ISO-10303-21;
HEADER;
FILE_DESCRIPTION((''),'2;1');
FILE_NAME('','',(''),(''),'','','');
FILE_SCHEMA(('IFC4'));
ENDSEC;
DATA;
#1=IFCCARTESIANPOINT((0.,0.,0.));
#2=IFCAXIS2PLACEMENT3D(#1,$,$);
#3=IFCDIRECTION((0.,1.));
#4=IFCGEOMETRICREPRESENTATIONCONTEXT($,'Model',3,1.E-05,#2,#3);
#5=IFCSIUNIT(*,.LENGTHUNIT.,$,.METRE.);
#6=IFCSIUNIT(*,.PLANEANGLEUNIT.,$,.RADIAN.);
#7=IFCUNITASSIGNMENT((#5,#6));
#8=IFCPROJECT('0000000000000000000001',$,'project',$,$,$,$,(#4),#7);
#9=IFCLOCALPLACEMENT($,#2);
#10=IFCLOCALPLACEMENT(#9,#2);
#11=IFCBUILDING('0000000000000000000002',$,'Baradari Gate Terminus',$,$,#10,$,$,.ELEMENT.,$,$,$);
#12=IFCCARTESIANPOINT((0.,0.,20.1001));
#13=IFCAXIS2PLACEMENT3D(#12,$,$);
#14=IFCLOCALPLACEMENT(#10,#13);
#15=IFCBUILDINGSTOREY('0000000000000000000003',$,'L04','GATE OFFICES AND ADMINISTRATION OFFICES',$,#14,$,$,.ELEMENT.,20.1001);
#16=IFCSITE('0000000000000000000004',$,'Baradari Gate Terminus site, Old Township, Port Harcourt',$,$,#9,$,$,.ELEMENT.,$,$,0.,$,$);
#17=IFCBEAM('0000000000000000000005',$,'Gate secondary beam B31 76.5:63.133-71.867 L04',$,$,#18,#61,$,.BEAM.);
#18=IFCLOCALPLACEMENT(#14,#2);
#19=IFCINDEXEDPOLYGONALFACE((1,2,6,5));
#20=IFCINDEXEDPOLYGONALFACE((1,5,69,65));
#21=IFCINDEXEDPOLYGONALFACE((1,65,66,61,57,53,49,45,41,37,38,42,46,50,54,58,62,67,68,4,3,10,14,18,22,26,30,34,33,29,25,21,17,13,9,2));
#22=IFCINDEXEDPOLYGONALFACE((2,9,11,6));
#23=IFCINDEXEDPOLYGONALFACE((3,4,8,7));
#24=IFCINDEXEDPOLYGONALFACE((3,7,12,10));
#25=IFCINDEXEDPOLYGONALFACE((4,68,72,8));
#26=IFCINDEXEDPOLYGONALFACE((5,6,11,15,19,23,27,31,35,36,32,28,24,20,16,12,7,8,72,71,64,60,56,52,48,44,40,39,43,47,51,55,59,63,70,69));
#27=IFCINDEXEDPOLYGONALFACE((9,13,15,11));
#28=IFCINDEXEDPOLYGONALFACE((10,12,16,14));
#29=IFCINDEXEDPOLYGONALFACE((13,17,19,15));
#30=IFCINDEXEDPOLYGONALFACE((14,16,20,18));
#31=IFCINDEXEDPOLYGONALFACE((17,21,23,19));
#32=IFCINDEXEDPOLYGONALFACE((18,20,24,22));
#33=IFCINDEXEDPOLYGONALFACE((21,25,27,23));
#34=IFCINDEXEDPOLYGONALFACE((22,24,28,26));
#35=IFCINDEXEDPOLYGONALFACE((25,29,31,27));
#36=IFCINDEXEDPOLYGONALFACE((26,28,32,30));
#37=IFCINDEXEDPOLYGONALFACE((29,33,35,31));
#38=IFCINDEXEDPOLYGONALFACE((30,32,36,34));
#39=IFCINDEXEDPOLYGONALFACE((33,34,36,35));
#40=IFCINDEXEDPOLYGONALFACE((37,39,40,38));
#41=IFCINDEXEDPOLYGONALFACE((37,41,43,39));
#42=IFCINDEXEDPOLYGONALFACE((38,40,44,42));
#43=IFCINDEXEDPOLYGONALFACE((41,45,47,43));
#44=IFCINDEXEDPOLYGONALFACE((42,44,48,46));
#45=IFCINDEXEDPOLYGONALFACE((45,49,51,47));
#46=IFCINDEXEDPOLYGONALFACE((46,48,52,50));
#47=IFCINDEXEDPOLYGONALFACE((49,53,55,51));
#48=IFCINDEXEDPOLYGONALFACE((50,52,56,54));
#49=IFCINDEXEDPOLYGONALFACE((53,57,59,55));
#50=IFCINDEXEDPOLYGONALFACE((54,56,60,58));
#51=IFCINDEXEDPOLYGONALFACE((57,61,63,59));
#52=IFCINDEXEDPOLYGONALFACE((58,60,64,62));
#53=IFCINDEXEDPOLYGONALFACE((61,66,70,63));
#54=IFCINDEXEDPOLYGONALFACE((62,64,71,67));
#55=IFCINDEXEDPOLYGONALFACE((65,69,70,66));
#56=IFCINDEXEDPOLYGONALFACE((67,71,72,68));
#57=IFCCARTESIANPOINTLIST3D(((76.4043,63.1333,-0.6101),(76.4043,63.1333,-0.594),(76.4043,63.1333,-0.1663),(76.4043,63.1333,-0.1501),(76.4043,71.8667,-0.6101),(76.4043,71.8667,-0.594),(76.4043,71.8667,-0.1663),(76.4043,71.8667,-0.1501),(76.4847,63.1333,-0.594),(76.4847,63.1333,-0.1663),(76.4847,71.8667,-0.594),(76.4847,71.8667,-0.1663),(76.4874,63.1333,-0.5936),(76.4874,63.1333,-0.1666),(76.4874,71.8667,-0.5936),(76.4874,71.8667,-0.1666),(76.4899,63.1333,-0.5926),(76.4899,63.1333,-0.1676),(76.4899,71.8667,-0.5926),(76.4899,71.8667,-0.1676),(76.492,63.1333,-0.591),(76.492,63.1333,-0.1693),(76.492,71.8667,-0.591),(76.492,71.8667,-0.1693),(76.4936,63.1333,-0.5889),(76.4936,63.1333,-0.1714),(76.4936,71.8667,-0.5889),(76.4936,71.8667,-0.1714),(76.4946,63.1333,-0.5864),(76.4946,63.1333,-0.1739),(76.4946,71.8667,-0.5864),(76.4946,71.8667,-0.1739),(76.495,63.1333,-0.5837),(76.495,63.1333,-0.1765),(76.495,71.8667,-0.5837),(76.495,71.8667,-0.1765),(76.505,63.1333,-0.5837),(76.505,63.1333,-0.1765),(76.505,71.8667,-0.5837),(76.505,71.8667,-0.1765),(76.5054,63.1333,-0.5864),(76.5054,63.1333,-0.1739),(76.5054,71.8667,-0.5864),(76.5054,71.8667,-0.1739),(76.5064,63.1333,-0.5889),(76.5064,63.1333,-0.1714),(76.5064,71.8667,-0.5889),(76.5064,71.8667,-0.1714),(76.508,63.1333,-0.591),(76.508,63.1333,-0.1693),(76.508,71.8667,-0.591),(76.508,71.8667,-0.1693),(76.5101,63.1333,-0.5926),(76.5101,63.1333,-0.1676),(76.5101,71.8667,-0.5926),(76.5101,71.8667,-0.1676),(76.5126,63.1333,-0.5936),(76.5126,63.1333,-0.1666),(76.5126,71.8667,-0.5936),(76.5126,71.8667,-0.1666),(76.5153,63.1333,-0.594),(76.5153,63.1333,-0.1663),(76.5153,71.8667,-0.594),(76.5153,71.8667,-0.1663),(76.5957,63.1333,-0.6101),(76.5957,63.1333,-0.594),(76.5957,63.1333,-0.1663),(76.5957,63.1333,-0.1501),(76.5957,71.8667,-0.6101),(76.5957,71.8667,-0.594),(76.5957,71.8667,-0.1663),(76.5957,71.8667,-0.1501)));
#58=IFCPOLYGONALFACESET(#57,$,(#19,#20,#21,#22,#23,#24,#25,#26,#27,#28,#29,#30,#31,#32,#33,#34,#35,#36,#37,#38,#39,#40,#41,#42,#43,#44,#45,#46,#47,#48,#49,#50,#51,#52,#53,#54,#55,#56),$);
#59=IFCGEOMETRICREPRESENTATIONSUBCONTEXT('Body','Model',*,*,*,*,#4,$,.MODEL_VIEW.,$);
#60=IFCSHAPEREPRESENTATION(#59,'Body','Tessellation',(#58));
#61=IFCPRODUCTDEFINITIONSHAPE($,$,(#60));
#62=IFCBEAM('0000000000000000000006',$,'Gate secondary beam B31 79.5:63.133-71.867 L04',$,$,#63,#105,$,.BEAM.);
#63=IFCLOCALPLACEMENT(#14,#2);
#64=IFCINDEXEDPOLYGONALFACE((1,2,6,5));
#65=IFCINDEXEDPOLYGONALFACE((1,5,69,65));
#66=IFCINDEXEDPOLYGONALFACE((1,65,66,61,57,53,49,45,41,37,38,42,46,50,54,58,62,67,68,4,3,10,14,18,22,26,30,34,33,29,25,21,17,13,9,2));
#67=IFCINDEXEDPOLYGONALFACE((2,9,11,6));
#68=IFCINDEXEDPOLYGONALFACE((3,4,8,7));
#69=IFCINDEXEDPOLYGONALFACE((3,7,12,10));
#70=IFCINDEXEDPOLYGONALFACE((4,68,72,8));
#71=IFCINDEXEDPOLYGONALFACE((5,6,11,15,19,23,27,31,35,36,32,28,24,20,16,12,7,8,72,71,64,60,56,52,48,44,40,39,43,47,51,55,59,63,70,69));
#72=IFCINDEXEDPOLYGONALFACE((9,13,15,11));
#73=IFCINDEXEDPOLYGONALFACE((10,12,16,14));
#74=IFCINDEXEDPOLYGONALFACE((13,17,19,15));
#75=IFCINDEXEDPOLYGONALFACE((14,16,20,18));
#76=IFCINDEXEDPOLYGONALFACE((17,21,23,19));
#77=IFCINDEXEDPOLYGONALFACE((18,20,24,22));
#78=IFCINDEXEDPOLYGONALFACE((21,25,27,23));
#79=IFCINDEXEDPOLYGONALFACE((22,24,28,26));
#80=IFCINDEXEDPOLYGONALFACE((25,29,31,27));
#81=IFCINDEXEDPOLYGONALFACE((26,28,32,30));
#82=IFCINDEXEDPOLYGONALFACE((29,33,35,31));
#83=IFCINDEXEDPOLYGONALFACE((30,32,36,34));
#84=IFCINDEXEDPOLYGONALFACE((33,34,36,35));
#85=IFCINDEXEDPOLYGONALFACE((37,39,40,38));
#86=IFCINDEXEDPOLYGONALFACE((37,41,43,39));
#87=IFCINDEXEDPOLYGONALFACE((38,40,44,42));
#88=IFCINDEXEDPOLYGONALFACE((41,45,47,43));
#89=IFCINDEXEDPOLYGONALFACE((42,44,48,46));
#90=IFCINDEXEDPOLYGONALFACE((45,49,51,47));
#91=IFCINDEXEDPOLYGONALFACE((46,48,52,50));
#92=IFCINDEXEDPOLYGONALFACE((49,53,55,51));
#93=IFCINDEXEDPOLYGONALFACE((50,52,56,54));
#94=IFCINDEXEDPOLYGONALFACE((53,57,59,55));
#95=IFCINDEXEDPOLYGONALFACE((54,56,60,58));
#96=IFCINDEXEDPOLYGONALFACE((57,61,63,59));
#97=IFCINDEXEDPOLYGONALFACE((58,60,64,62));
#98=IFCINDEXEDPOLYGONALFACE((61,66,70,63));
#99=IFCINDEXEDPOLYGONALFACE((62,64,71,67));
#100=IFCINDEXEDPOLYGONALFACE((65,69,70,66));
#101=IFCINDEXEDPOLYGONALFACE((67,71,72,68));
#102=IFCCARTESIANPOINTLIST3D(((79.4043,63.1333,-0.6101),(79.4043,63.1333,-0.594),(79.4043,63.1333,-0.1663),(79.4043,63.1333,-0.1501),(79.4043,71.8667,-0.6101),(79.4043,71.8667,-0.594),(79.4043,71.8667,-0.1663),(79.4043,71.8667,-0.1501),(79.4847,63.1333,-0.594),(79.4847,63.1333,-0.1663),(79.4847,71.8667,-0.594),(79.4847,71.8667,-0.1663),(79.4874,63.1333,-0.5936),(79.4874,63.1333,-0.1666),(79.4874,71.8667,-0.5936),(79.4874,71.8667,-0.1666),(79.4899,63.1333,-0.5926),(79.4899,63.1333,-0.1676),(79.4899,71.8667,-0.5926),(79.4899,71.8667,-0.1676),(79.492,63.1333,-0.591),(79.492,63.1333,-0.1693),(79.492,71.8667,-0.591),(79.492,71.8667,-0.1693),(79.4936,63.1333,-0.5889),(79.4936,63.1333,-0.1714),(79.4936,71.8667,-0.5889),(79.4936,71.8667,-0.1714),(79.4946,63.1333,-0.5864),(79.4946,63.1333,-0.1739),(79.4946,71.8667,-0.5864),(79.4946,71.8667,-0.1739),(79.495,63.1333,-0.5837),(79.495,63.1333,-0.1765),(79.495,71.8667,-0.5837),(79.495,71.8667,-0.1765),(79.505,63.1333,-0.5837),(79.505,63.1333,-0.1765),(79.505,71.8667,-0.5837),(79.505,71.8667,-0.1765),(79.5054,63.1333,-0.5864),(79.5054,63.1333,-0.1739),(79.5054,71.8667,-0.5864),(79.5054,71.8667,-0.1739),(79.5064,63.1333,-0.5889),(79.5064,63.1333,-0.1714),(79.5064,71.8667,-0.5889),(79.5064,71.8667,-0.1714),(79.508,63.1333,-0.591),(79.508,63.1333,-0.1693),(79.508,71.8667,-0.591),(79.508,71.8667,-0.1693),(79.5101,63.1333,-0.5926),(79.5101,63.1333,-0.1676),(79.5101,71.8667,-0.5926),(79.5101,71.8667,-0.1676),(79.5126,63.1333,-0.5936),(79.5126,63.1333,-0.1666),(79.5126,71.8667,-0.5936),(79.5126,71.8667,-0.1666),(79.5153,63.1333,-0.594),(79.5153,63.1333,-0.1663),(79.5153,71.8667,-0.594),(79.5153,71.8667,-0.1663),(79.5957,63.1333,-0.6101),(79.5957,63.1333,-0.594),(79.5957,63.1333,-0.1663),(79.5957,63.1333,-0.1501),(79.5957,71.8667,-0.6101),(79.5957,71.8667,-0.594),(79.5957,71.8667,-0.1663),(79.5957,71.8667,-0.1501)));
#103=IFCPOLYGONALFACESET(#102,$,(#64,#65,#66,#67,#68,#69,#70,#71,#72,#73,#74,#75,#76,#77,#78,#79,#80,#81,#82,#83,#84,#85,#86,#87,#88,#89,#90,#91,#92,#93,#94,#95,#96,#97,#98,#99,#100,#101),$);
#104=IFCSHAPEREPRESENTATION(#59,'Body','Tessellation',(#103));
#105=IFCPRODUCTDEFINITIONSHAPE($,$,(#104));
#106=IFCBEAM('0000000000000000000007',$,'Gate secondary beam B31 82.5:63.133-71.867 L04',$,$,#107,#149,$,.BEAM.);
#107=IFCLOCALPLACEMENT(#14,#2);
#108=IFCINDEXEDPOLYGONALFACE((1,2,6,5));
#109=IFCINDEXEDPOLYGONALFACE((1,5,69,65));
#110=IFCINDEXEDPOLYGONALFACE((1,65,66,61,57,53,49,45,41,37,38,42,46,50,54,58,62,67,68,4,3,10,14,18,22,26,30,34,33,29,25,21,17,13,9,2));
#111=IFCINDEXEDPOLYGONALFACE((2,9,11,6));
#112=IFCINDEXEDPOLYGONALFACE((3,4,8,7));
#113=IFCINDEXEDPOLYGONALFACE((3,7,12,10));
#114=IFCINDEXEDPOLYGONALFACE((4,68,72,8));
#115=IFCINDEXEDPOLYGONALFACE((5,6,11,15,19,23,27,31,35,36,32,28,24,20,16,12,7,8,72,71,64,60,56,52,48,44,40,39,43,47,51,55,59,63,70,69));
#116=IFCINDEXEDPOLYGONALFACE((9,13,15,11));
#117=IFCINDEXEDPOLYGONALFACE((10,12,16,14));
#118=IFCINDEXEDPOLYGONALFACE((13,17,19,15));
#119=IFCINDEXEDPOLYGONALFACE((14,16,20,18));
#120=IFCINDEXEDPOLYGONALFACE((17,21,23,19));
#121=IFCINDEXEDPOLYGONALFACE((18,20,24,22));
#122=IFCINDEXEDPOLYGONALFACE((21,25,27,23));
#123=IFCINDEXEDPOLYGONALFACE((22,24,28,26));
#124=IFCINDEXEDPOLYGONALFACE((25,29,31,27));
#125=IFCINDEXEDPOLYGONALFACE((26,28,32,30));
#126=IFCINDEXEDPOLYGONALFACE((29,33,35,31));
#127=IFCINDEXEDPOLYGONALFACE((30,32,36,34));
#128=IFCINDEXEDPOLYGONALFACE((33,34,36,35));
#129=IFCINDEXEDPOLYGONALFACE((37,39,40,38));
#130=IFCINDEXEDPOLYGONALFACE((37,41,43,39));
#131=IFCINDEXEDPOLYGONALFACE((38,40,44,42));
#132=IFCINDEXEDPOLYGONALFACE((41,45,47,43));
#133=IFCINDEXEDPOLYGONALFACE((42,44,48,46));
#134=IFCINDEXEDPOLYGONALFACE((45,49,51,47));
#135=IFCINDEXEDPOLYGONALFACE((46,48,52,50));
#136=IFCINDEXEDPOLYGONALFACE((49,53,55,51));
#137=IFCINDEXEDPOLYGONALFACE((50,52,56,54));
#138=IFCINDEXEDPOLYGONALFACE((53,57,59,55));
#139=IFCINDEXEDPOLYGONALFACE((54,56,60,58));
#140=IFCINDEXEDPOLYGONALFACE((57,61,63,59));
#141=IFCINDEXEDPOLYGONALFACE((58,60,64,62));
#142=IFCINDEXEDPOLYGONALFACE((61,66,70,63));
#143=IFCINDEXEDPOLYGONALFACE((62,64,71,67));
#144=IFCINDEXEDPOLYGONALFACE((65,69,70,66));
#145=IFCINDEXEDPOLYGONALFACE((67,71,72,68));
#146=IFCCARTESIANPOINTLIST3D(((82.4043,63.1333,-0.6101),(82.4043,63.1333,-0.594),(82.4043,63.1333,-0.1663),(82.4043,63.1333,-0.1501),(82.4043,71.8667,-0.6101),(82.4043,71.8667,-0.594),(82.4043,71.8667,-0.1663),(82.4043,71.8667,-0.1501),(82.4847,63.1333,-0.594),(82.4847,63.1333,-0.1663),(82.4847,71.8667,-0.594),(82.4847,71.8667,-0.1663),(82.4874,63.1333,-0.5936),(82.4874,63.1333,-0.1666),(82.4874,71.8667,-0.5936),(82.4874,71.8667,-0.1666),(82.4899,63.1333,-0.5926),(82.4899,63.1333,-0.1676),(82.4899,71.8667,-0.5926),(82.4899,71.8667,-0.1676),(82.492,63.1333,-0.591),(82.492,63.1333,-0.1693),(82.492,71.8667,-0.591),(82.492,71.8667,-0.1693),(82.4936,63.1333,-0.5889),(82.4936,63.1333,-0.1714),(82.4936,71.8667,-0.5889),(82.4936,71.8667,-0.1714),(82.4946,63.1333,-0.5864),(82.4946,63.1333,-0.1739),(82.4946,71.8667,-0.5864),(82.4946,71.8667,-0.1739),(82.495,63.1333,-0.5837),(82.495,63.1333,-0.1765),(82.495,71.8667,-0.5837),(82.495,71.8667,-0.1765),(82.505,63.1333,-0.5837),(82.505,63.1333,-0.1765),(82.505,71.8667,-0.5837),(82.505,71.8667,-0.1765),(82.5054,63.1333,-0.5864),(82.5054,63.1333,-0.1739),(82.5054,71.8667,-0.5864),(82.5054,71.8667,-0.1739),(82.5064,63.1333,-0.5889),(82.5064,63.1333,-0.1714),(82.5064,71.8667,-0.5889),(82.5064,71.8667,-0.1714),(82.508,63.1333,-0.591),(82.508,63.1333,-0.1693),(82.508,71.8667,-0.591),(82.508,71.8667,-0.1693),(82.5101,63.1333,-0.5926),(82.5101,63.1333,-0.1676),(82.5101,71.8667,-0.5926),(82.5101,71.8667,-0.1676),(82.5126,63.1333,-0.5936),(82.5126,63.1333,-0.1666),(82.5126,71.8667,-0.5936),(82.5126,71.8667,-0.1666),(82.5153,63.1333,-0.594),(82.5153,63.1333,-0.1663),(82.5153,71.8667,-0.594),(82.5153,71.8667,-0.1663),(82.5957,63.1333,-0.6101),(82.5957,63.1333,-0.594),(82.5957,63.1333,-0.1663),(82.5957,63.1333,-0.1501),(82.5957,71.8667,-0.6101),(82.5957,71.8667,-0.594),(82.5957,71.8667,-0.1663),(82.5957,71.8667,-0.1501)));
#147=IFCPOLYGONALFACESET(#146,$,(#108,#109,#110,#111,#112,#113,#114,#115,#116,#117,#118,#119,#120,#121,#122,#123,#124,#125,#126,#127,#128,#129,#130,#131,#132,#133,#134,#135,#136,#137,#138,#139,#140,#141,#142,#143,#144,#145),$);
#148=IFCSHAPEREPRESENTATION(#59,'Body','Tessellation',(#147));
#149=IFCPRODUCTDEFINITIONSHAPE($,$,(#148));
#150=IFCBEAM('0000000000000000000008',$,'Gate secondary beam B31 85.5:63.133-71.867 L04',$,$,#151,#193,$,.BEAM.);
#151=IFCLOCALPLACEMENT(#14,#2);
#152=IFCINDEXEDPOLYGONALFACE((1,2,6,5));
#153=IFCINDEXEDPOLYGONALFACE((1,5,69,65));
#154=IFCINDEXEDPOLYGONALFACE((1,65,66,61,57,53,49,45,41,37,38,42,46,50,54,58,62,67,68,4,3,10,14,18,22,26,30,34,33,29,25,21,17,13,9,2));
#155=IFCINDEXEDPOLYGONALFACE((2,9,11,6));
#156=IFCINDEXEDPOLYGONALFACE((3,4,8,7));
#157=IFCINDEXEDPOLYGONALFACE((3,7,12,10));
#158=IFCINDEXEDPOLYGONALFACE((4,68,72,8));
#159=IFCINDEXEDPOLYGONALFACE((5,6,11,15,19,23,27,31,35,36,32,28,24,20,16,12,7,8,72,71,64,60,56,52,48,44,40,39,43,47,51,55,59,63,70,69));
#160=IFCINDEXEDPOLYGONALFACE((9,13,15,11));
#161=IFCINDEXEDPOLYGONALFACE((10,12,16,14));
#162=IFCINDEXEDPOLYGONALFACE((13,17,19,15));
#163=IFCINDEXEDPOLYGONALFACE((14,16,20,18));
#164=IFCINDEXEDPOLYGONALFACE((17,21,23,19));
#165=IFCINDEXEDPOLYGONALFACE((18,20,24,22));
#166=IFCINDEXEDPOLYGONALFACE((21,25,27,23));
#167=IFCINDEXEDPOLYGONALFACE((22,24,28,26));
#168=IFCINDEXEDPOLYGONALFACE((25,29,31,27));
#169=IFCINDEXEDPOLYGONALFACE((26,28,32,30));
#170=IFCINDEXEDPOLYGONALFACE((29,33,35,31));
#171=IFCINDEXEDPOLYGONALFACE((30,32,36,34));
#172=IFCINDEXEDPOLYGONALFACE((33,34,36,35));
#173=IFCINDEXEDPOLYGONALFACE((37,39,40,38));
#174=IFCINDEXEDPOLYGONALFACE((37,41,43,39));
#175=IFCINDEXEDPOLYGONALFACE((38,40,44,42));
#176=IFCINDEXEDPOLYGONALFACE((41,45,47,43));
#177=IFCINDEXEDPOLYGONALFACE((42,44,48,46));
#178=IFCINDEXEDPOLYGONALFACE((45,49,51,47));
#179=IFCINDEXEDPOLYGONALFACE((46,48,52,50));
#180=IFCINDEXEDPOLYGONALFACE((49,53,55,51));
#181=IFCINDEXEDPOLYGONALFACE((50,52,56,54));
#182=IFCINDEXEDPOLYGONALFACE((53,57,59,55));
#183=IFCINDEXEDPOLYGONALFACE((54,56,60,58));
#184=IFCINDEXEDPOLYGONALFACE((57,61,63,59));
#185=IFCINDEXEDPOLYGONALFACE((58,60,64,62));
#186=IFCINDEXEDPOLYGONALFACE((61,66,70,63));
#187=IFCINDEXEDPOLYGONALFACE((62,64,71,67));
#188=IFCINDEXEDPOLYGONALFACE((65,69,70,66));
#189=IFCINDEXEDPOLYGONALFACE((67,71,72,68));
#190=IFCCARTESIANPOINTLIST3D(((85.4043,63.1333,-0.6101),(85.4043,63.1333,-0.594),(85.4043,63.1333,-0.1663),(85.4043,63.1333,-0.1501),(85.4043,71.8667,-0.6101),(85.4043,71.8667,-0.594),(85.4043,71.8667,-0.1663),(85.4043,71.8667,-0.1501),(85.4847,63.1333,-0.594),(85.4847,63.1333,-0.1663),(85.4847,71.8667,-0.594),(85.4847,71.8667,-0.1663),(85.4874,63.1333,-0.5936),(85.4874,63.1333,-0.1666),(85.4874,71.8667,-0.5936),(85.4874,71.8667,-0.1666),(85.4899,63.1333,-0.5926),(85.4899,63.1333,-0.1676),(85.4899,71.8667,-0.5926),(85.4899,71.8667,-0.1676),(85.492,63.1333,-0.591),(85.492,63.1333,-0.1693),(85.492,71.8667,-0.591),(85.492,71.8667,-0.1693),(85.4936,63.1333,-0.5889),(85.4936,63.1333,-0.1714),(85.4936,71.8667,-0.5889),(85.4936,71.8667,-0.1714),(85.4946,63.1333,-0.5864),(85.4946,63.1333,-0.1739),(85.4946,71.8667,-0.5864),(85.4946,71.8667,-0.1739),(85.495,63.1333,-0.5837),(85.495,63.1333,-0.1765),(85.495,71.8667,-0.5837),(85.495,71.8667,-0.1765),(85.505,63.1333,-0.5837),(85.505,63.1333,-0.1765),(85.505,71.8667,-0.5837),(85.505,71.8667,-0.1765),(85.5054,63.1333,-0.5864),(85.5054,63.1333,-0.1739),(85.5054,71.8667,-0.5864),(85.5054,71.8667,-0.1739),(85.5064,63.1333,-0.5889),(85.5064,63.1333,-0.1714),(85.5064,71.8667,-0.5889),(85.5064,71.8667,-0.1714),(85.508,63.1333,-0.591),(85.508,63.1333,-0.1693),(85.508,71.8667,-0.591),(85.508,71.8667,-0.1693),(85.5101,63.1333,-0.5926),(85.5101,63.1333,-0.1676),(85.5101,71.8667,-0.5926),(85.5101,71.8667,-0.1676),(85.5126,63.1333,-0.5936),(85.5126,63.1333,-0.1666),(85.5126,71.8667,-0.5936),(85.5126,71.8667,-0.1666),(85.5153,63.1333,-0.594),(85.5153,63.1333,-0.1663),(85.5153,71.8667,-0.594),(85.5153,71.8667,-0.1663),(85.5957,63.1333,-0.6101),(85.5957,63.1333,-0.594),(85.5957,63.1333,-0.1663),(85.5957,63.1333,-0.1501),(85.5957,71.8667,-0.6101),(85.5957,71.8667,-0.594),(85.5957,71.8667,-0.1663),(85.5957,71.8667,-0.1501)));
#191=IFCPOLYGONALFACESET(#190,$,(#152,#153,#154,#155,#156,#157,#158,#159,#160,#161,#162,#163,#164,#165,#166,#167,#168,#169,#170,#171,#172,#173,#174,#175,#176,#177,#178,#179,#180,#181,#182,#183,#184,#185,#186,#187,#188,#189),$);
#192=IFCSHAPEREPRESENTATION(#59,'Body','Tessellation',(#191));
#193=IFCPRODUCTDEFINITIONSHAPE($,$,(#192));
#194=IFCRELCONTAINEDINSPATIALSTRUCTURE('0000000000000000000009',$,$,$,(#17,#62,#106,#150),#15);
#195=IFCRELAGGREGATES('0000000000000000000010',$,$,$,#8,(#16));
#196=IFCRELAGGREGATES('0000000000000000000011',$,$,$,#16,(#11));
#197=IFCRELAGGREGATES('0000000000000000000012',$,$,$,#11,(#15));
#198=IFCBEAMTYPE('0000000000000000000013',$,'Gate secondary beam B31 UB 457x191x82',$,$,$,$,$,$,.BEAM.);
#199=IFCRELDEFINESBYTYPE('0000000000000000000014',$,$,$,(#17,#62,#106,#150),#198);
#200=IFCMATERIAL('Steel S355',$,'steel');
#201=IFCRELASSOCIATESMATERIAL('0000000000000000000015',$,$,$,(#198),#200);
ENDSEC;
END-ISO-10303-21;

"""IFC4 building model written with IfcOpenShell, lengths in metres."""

from ifc_helpers import new_model, si_unit, direction, frame, origin, origin_2d, place, context, subcontext, project, spatial, i_section, extrude, material, material_profile, profile_set, type_object, element, save


model = new_model("IFC4")

# Units and contexts
model_context = context("Model", 3, precision=1e-05, world=origin(), true_north=direction((0.0, 1.0)))
body_context = subcontext(model_context, "Body", "Model", "MODEL_VIEW")
ifc_project = project(units=[si_unit("LENGTHUNIT", "METRE"), si_unit("PLANEANGLEUNIT", "RADIAN")], contexts=[model_context])

# Site, building, storey
site_placement = place(None, origin())
site = spatial("IfcSite", under=ifc_project, at=site_placement, Name="Baradari Gate Terminus site, Old Township, Port Harcourt", CompositionType="ELEMENT", RefElevation=0.0)
building_placement = place(site_placement, origin())
building = spatial("IfcBuilding", under=site, at=building_placement, Name="Baradari Gate Terminus", CompositionType="ELEMENT")
storey_placement = place(building_placement, frame((0.0, 0.0, 20.1001)))
storey = spatial("IfcBuildingStorey", under=building, at=storey_placement, Name="L04", Description="GATE OFFICES AND ADMINISTRATION OFFICES", CompositionType="ELEMENT", Elevation=20.1001)

# Beams
ifc_material_1 = material(Name="Steel S355", Category="steel")
ifc_material_profile_1 = material_profile(ifc_material_1, i_section(OverallWidth=0.1914, OverallDepth=0.46, WebThickness=0.01, FlangeThickness=0.0161, FilletRadius=0.0103, at=origin_2d()), Name="UB 457x191x82")
ifc_profile_set_1 = profile_set([ifc_material_profile_1], Name="Steel S355")
beam_type_1 = type_object("IfcBeamType", Name="Gate secondary beam B31 UB 457x191x82", PredefinedType="BEAM", material=ifc_profile_set_1)
for number, where, z_axis, x_axis, name in (
    (1, (76.5, 63.1333, -0.3801), (0.0, 1.0, 0.0), (-1.0, 0.0, 0.0), "Gate secondary beam B31 76.5:63.133-71.867 L04"),
    (2, (79.5, 63.1333, -0.3801), (0.0, 1.0, 0.0), (-1.0, 0.0, 0.0), "Gate secondary beam B31 79.5:63.133-71.867 L04"),
    (3, (82.5, 63.1333, -0.3801), (0.0, 1.0, 0.0), (-1.0, 0.0, 0.0), "Gate secondary beam B31 82.5:63.133-71.867 L04"),
    (4, (85.5, 63.1333, -0.3801), (0.0, 1.0, 0.0), (-1.0, 0.0, 0.0), "Gate secondary beam B31 85.5:63.133-71.867 L04"),
):
    element("IfcBeam", number, at=place(storey_placement, frame(where, z_axis=z_axis, x_axis=x_axis)), inside=storey, type_object=beam_type_1, Name=name, PredefinedType="BEAM", context=body_context, shape_type="SweptSolid", body=[
        extrude(i_section(OverallWidth=0.1914, OverallDepth=0.46, WebThickness=0.01, FlangeThickness=0.0161, FilletRadius=0.0103, at=origin_2d()), origin(), (0.0, 0.0, 1.0), 8.7334),
    ])

save(model, "model.ifc")
